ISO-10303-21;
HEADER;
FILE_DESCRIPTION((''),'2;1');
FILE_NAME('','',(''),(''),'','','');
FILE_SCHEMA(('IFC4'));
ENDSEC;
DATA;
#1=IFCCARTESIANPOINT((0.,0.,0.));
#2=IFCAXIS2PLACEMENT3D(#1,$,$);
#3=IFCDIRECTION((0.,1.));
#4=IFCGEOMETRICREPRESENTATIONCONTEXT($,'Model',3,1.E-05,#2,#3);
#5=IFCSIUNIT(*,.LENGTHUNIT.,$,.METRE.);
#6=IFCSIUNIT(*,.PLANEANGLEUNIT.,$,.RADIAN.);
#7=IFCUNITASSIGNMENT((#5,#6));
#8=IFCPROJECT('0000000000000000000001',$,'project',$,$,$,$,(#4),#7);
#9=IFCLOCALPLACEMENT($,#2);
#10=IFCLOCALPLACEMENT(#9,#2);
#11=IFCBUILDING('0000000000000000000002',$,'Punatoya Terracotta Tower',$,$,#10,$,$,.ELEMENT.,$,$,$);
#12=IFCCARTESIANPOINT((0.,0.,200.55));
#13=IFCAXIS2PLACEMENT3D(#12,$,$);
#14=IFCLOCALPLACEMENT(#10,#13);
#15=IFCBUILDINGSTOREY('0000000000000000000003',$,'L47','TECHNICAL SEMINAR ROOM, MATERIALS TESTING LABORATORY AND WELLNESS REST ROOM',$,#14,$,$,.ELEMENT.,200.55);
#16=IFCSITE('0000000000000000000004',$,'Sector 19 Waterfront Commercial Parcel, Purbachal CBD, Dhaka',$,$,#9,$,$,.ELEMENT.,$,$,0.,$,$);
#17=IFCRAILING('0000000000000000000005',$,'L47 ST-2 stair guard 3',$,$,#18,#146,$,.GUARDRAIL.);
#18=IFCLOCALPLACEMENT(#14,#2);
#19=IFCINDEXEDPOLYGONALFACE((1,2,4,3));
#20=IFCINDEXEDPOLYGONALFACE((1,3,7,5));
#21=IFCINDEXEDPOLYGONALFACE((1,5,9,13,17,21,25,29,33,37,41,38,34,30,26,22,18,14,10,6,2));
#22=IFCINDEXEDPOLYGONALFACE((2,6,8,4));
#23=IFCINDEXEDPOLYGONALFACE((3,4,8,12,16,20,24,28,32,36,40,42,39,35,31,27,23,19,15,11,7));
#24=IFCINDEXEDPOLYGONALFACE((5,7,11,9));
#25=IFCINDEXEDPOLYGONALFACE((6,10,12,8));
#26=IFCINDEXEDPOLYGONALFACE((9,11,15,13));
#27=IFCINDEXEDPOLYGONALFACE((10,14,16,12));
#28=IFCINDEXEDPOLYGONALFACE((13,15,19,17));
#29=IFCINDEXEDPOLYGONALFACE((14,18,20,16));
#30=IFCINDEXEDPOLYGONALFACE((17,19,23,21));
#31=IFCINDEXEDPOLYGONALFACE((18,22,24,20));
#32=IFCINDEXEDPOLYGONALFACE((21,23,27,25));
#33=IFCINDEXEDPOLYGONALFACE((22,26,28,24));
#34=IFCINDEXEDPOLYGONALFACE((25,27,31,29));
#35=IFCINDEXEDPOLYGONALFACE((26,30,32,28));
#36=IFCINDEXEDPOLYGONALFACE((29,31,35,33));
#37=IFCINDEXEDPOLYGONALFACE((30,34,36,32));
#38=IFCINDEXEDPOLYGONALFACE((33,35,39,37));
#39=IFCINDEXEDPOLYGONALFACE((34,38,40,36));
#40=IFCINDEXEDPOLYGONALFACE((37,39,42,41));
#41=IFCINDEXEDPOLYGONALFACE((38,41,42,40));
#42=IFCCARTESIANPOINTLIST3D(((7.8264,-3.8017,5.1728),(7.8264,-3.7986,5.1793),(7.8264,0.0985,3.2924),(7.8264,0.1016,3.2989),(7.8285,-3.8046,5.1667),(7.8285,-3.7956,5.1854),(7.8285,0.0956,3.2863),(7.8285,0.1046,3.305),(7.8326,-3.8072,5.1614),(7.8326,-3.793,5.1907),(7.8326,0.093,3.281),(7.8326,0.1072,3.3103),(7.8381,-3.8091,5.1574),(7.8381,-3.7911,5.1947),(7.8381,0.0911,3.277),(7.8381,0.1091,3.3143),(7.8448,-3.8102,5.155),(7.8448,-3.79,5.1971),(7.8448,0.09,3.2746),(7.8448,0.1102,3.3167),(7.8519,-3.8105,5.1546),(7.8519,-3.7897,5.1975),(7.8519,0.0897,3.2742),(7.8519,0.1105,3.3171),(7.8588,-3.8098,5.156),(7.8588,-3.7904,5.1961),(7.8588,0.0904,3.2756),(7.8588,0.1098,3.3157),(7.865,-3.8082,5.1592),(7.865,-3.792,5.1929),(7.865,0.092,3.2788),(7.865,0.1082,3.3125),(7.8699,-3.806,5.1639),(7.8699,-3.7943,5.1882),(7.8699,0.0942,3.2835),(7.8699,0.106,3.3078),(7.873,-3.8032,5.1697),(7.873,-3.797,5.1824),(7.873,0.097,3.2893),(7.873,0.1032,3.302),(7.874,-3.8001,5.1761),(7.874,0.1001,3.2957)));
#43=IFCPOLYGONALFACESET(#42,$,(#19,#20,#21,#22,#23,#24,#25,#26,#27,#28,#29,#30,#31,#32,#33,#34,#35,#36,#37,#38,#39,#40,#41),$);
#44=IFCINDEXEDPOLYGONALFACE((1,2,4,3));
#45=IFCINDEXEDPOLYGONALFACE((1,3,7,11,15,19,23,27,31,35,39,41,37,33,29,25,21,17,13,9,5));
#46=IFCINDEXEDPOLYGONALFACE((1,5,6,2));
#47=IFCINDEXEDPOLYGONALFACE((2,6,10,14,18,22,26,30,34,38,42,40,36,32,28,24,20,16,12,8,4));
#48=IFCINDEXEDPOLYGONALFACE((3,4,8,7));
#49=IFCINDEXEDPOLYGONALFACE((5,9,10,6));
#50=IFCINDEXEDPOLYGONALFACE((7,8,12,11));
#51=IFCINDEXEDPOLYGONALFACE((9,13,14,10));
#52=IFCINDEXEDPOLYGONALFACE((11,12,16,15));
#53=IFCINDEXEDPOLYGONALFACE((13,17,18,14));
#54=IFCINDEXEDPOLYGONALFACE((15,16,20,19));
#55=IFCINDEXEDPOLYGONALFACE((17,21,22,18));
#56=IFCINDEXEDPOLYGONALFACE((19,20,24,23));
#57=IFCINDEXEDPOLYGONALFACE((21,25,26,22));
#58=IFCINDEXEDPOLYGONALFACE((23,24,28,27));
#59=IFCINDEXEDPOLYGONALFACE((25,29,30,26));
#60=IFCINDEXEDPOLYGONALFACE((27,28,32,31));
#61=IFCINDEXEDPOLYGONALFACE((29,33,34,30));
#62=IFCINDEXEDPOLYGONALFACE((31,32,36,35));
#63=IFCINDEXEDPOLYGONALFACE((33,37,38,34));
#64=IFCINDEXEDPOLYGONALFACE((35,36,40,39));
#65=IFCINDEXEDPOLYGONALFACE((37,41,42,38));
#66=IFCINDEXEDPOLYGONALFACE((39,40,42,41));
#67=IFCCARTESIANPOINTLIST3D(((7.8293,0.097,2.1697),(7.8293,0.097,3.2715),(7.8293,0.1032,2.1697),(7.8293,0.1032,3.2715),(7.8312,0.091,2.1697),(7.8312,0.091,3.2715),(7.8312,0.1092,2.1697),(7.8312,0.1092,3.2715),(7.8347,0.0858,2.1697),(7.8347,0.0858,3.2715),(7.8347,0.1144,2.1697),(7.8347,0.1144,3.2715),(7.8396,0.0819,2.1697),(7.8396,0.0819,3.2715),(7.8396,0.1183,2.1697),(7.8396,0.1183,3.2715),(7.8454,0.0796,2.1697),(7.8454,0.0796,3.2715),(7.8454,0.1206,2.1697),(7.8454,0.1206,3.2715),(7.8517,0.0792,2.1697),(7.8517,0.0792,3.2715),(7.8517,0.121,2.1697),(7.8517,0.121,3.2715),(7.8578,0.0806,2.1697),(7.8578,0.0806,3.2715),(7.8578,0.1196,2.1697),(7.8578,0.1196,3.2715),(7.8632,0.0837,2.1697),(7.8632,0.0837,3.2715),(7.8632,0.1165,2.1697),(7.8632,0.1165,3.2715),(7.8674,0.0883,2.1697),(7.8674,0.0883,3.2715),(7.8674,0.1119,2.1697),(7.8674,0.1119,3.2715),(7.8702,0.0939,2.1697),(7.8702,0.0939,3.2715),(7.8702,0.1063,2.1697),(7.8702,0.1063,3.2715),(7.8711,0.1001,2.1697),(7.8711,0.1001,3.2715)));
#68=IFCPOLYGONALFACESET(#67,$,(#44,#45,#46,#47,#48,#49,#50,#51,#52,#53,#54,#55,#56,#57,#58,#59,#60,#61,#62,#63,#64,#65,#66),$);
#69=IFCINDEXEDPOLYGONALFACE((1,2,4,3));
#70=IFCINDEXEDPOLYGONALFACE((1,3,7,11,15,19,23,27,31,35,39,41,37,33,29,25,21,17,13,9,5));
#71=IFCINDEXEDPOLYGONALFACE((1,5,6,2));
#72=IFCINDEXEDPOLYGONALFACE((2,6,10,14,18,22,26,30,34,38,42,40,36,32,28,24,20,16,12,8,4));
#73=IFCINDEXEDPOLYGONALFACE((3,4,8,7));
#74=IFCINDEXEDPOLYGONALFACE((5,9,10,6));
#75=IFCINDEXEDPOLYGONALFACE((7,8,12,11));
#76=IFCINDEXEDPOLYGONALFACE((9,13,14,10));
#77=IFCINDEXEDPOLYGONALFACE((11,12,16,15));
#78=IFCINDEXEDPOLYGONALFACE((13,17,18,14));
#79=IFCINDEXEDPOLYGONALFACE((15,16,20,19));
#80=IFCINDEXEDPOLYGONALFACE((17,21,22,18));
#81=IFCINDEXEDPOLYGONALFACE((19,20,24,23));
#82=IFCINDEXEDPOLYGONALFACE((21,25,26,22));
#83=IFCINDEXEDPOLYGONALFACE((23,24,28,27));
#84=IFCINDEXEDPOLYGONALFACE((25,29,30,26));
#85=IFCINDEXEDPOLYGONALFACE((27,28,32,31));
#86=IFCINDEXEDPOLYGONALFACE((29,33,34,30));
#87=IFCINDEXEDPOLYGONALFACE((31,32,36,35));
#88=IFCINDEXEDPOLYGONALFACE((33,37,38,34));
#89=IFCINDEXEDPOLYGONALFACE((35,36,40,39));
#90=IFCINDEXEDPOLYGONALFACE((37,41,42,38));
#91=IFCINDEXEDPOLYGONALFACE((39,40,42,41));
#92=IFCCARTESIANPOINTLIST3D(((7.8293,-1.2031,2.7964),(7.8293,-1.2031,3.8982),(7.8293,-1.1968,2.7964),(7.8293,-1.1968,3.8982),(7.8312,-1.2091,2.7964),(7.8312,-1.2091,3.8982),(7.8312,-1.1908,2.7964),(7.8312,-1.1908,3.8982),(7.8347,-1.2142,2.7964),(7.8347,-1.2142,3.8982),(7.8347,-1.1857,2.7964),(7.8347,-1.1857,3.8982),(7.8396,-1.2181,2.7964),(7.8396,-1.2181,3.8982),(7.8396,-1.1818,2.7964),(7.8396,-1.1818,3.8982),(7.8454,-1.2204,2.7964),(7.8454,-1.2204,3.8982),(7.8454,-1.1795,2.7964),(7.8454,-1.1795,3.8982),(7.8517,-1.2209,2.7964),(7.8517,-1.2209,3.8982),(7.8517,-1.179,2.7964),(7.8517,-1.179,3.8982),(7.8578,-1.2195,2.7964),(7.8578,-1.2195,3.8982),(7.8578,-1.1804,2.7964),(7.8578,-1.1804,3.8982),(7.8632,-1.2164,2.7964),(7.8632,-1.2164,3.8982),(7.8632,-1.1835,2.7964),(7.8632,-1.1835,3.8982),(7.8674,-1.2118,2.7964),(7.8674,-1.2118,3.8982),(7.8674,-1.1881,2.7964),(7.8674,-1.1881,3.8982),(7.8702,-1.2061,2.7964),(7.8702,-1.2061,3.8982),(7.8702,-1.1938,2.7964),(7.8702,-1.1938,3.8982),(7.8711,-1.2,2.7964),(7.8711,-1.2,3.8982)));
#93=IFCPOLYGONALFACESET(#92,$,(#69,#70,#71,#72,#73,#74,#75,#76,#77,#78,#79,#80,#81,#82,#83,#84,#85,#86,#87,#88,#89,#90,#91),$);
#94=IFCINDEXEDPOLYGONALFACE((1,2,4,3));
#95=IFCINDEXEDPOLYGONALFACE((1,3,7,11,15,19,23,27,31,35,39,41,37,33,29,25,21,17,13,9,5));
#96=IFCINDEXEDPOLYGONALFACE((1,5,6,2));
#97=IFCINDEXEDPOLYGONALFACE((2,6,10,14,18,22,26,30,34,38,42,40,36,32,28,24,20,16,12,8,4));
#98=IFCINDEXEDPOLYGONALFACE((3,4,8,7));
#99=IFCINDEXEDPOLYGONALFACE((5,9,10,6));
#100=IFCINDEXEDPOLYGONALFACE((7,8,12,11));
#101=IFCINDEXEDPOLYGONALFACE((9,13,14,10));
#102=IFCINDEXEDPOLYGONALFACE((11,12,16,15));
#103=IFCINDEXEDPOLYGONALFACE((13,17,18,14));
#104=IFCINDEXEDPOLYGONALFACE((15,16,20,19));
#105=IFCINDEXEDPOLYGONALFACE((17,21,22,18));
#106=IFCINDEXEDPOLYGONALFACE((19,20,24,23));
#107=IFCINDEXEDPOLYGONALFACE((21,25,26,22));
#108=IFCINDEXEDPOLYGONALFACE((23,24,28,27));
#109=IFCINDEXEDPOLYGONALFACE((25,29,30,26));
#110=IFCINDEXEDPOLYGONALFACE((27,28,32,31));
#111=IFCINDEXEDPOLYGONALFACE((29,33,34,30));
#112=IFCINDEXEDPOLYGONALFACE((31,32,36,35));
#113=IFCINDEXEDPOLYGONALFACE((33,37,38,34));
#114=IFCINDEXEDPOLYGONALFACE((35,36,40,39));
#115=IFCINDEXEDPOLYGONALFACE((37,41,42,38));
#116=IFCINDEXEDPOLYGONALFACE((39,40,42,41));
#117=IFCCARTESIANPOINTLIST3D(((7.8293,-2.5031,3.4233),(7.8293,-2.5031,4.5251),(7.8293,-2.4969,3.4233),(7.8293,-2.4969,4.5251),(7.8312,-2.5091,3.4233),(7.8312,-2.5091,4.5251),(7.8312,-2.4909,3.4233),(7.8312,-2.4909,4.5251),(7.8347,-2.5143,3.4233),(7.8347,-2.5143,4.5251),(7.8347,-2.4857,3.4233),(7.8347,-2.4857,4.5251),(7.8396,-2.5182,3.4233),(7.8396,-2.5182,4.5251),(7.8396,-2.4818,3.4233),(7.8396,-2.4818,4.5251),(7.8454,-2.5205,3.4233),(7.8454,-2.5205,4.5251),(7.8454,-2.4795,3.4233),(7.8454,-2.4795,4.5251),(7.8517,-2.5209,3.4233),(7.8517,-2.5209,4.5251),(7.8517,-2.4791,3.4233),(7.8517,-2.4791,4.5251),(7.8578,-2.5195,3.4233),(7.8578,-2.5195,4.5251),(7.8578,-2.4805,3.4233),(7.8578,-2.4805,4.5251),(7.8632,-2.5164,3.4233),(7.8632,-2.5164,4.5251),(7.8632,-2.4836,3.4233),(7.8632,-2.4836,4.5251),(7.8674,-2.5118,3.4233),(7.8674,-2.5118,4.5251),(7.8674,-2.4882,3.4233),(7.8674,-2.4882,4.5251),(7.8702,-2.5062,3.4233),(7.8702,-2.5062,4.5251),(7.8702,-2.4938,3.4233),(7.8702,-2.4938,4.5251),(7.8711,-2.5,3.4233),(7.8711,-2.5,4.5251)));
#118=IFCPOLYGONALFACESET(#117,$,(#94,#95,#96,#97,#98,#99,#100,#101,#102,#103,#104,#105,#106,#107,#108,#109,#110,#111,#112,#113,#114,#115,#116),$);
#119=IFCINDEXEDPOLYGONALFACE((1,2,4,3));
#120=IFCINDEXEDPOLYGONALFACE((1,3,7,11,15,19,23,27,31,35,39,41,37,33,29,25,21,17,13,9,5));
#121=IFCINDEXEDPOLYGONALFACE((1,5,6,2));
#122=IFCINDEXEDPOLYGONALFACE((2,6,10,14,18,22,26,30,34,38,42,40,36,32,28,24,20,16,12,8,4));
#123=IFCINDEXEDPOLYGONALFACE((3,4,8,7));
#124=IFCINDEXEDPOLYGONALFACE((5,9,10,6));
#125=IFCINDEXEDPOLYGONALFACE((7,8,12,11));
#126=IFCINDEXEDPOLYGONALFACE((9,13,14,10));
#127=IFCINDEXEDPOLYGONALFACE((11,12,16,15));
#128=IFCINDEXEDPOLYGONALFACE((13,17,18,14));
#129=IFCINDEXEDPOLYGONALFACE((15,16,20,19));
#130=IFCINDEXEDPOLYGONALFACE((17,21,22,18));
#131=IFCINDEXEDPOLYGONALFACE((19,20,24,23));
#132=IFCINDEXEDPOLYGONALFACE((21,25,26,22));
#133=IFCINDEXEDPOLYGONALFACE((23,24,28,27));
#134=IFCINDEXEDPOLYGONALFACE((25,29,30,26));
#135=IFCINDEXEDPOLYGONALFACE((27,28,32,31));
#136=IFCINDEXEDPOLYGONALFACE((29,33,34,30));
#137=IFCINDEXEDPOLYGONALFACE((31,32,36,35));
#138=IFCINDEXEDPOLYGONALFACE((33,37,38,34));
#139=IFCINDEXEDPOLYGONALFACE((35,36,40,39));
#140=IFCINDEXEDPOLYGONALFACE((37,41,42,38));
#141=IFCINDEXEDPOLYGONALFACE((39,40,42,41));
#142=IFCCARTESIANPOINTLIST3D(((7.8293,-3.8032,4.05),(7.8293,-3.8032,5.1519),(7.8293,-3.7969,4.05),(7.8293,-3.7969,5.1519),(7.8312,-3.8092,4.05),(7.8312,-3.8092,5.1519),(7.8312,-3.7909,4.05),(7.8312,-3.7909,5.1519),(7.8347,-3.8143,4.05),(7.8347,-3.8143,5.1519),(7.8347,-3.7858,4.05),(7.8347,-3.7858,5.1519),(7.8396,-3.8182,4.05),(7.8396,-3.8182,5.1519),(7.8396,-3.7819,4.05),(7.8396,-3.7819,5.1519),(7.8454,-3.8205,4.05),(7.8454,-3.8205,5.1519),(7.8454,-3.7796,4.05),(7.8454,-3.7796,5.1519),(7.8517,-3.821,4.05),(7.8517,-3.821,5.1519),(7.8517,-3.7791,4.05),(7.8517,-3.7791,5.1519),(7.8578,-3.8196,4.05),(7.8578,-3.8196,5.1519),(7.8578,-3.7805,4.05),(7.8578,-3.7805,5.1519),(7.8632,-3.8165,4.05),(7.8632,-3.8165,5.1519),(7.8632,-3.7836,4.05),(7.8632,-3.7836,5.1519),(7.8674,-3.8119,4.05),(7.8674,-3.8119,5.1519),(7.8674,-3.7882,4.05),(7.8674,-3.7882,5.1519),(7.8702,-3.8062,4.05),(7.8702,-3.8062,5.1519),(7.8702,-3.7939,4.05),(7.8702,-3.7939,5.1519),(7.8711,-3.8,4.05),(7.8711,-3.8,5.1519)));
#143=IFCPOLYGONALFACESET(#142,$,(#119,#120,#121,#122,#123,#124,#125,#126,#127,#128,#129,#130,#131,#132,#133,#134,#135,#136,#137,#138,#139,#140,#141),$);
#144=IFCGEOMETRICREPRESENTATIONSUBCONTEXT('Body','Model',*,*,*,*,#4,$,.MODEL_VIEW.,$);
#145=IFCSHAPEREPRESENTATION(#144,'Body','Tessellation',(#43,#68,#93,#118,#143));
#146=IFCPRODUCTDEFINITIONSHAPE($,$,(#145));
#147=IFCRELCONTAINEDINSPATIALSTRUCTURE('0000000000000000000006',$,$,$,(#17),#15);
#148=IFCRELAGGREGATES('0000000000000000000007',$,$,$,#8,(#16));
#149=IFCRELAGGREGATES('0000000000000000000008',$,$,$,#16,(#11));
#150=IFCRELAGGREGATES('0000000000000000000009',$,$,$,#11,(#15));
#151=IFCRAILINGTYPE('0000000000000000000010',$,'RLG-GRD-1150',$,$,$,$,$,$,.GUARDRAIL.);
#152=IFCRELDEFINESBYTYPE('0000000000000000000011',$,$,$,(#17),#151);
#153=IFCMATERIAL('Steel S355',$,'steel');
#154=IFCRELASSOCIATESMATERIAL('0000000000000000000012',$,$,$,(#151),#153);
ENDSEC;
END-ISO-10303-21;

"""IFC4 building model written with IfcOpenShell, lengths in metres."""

from ifc_helpers import new_model, si_unit, direction, frame, origin, origin_2d, place, context, subcontext, project, spatial, circle, extrude, material, type_object, element, save


model = new_model("IFC4")

# Units and contexts
model_context = context("Model", 3, precision=1e-05, world=origin(), true_north=direction((0.0, 1.0)))
body_context = subcontext(model_context, "Body", "Model", "MODEL_VIEW")
ifc_project = project(units=[si_unit("LENGTHUNIT", "METRE"), si_unit("PLANEANGLEUNIT", "RADIAN")], contexts=[model_context])

# Site, building, storey
site_placement = place(None, origin())
site = spatial("IfcSite", under=ifc_project, at=site_placement, Name="Sector 19 Waterfront Commercial Parcel, Purbachal CBD, Dhaka", CompositionType="ELEMENT", RefElevation=0.0)
building_placement = place(site_placement, origin())
building = spatial("IfcBuilding", under=site, at=building_placement, Name="Punatoya Terracotta Tower", CompositionType="ELEMENT")
storey_placement = place(building_placement, frame((0.0, 0.0, 200.55)))
storey = spatial("IfcBuildingStorey", under=building, at=storey_placement, Name="L47", Description="TECHNICAL SEMINAR ROOM, MATERIALS TESTING LABORATORY AND WELLNESS REST ROOM", CompositionType="ELEMENT", Elevation=200.55)

# Shared definitions
ifc_material_1 = material(Name="Steel S355", Category="steel")

# Railing
railing_type_1 = type_object("IfcRailingType", Name="RLG-GRD-1150", PredefinedType="GUARDRAIL", material=ifc_material_1)
railing_1_placement = place(storey_placement, frame((7.8501, 0.1001, 2.1697)))
element("IfcRailing", 1, at=railing_1_placement, inside=storey, type_object=railing_type_1, Name="L47 ST-2 stair guard 3", PredefinedType="GUARDRAIL", context=body_context, shape_type="SweptSolid", body=[
    extrude(circle(Radius=0.0239, at=origin_2d()), frame((0.0, 0.0, 1.126), z_axis=(0.0, -0.900774, 0.434289), x_axis=(1.0, 0.0, 0.0)), (0.0, 0.0, 1.0), 4.3298),
    extrude(circle(Radius=0.021, at=origin_2d()), origin(), (0.0, 0.0, 1.0), 1.1018),
    extrude(circle(Radius=0.021, at=origin_2d()), frame((0.0, -1.3, 0.6267)), (0.0, 0.0, 1.0), 1.1018),
    extrude(circle(Radius=0.021, at=origin_2d()), frame((0.0, -2.6001, 1.2537)), (0.0, 0.0, 1.0), 1.1018),
    extrude(circle(Radius=0.021, at=origin_2d()), frame((0.0, -3.9001, 1.8804)), (0.0, 0.0, 1.0), 1.1018),
])

save(model, "model.ifc")
